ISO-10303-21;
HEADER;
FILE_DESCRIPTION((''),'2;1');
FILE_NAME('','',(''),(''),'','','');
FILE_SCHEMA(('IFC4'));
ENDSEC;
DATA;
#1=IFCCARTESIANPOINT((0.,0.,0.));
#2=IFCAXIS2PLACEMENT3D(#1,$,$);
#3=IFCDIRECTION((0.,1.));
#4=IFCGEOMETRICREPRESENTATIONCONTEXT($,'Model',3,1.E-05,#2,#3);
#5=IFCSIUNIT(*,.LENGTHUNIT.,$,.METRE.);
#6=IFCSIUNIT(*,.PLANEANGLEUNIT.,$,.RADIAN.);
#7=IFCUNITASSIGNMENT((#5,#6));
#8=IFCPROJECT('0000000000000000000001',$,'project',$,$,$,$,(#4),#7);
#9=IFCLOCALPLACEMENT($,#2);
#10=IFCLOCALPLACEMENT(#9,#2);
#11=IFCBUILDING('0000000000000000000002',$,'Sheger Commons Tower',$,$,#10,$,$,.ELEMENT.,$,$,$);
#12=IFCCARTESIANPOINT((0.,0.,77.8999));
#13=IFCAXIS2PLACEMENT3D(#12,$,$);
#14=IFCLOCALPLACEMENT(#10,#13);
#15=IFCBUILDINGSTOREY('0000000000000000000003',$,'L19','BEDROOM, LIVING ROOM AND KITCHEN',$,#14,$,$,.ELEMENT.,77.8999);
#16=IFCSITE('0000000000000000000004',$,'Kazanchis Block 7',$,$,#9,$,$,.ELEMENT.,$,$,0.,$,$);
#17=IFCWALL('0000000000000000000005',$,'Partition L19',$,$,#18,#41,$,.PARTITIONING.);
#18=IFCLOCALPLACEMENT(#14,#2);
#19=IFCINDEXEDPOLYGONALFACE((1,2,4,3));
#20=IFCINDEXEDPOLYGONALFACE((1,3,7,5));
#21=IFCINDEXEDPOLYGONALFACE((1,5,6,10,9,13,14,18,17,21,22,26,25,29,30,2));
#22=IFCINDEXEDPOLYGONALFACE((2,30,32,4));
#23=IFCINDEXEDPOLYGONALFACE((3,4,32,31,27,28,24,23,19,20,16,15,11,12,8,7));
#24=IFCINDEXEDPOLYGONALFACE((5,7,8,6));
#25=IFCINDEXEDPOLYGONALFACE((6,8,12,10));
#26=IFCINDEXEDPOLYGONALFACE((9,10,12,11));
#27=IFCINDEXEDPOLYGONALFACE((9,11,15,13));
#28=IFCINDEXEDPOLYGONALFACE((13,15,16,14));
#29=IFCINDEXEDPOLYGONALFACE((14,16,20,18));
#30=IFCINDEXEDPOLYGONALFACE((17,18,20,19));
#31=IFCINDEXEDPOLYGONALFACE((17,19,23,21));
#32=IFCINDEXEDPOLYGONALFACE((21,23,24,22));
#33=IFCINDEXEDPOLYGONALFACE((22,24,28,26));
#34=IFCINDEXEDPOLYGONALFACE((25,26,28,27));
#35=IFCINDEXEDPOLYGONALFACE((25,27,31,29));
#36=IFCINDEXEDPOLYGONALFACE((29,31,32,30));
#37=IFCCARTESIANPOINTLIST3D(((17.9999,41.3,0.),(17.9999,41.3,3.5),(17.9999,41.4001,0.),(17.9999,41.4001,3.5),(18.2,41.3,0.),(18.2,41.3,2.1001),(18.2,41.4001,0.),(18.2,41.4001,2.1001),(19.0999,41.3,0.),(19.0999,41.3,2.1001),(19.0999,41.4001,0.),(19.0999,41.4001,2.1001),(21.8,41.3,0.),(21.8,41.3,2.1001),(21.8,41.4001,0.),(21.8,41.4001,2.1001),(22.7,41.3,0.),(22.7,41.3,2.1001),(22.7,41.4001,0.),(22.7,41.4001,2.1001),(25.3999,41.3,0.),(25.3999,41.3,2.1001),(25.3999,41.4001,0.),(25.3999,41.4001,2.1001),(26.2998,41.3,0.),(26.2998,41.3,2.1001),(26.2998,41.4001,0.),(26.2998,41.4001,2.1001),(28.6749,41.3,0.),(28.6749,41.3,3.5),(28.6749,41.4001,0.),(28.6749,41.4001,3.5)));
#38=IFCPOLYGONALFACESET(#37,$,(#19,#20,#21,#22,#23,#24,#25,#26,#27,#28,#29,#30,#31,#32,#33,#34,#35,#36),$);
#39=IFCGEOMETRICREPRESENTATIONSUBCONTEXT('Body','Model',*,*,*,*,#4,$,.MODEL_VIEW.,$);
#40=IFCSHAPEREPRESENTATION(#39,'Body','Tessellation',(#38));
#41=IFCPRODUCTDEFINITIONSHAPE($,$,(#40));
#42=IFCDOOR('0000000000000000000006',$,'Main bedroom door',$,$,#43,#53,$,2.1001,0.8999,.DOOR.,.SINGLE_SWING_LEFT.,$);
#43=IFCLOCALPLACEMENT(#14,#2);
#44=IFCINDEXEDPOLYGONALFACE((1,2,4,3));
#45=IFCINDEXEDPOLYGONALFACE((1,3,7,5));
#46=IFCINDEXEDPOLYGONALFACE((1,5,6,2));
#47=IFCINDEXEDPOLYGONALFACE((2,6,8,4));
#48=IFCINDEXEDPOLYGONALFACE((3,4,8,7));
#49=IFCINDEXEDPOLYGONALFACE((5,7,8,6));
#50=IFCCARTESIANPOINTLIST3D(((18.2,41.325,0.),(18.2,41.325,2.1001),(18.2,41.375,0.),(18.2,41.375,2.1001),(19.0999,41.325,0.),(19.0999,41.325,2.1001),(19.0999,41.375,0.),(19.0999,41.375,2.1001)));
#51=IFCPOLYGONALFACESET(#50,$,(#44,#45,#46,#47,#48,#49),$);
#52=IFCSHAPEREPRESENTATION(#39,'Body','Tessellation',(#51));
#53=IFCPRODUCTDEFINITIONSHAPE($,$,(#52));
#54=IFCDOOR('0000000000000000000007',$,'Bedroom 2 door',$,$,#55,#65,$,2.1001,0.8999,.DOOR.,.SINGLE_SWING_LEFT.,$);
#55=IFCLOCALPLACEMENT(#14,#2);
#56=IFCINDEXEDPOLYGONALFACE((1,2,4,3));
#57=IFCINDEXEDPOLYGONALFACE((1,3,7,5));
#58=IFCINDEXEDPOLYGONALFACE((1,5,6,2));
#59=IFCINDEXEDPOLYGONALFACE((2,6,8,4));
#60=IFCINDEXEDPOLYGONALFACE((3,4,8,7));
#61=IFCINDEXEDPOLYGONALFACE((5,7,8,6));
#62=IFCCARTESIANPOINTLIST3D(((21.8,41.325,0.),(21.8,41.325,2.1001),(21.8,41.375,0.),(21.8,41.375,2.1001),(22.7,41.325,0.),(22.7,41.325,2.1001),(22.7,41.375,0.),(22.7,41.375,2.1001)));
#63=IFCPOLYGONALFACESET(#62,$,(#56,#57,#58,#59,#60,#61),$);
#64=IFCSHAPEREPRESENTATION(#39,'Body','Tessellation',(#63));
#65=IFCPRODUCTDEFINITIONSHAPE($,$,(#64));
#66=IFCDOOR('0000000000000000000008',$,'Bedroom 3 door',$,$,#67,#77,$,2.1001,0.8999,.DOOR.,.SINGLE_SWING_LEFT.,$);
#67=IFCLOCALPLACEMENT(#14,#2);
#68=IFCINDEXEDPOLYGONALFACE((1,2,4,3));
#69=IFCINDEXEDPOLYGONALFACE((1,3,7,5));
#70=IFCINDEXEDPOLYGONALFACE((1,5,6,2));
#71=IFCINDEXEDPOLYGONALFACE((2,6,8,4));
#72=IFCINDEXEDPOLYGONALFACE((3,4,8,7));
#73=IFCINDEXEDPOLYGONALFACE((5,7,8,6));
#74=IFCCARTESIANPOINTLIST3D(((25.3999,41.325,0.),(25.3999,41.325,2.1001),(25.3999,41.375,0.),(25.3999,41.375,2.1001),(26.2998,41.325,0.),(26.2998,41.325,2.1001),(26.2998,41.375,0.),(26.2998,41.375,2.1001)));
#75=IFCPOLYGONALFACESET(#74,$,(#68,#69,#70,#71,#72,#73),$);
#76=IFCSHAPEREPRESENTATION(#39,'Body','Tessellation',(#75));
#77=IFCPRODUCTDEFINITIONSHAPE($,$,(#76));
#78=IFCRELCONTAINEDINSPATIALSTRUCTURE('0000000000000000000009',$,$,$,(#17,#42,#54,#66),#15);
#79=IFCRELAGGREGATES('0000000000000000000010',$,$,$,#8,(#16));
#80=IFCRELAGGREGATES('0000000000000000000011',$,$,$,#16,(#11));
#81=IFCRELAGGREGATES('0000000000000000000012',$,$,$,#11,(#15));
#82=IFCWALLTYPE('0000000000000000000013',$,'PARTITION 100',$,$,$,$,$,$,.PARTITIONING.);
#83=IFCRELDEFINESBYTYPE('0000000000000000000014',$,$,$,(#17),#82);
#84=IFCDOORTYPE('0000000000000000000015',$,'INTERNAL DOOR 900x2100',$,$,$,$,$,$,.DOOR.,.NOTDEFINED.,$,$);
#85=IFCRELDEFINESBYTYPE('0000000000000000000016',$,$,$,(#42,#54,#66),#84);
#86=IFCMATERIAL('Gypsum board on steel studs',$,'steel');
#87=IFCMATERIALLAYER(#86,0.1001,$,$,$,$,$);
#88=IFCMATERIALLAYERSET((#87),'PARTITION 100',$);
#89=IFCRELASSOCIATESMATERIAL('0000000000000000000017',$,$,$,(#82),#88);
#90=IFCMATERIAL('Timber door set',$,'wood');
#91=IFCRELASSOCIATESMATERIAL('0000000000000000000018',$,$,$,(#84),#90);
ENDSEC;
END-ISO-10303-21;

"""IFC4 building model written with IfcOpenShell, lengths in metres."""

from ifc_helpers import new_model, si_unit, direction, frame, frame_2d, origin, place, context, subcontext, project, spatial, rectangle, extrude, material, layer, layer_set, type_object, element, fill, save


model = new_model("IFC4")

# Units and contexts
model_context = context("Model", 3, precision=1e-05, world=origin(), true_north=direction((0.0, 1.0)))
body_context = subcontext(model_context, "Body", "Model", "MODEL_VIEW")
ifc_project = project(units=[si_unit("LENGTHUNIT", "METRE"), si_unit("PLANEANGLEUNIT", "RADIAN")], contexts=[model_context])

# Site, building, storey
site_placement = place(None, origin())
site = spatial("IfcSite", under=ifc_project, at=site_placement, Name="Kazanchis Block 7", CompositionType="ELEMENT", RefElevation=0.0)
building_placement = place(site_placement, origin())
building = spatial("IfcBuilding", under=site, at=building_placement, Name="Sheger Commons Tower", CompositionType="ELEMENT")
storey_placement = place(building_placement, frame((0.0, 0.0, 77.8999)))
storey = spatial("IfcBuildingStorey", under=building, at=storey_placement, Name="L19", Description="BEDROOM, LIVING ROOM AND KITCHEN", CompositionType="ELEMENT", Elevation=77.8999)

# Wall, openings, doors
ifc_material_1 = material(Name="Gypsum board on steel studs", Category="steel")
ifc_layer_1 = layer(ifc_material_1, 0.1001)
ifc_layer_set_1 = layer_set([ifc_layer_1], Name="PARTITION 100")
wall_type_1 = type_object("IfcWallType", Name="PARTITION 100", PredefinedType="PARTITIONING", material=ifc_layer_set_1)
wall_1_placement = place(storey_placement, frame((18.0, 41.3501, 0.0), z_axis=(0.0, 0.0, 1.0), x_axis=(1.0, 0.0, 0.0)))
wall_1 = element("IfcWall", 1, at=wall_1_placement, inside=storey, type_object=wall_type_1, Name="Partition L19", PredefinedType="PARTITIONING", context=body_context, shape_type="SweptSolid", body=[
    extrude(rectangle(XDim=10.675, YDim=0.1001, at=frame_2d((5.3374, 0.0))), origin(), (0.0, 0.0, 1.0), 3.5),
])
opening_1_placement = place(wall_1_placement, frame((0.2, 0.0, 0.0)))
opening_1 = element("IfcOpeningElement", 2, at=opening_1_placement, cuts=wall_1, PredefinedType="OPENING", context=body_context, shape_type="SweptSolid", body=[
    extrude(rectangle(XDim=0.8999, YDim=2.1001, at=frame_2d((0.45, 1.05))), frame((0.0, 0.0601, 0.0), z_axis=(0.0, -1.0, 0.0), x_axis=(1.0, 0.0, 0.0)), (0.0, 0.0, 1.0), 0.1201),
])
opening_2_placement = place(wall_1_placement, frame((3.8, 0.0, 0.0)))
opening_2 = element("IfcOpeningElement", 3, at=opening_2_placement, cuts=wall_1, PredefinedType="OPENING", context=body_context, shape_type="SweptSolid", body=[
    extrude(rectangle(XDim=0.8999, YDim=2.1001, at=frame_2d((0.45, 1.05))), frame((0.0, 0.0601, 0.0), z_axis=(0.0, -1.0, 0.0), x_axis=(1.0, 0.0, 0.0)), (0.0, 0.0, 1.0), 0.1201),
])
opening_3_placement = place(wall_1_placement, frame((7.3999, 0.0, 0.0)))
opening_3 = element("IfcOpeningElement", 4, at=opening_3_placement, cuts=wall_1, PredefinedType="OPENING", context=body_context, shape_type="SweptSolid", body=[
    extrude(rectangle(XDim=0.8999, YDim=2.1001, at=frame_2d((0.45, 1.05))), frame((0.0, 0.0601, 0.0), z_axis=(0.0, -1.0, 0.0), x_axis=(1.0, 0.0, 0.0)), (0.0, 0.0, 1.0), 0.1201),
])
ifc_material_2 = material(Name="Timber door set", Category="wood")
door_type_1 = type_object("IfcDoorType", Name="INTERNAL DOOR 900x2100", OperationType="NOTDEFINED", PredefinedType="DOOR", material=ifc_material_2)
door_1_placement = place(opening_1_placement, origin())
door_1 = element("IfcDoor", 5, at=door_1_placement, inside=storey, type_object=door_type_1, Name="Main bedroom door", OperationType="SINGLE_SWING_LEFT", OverallHeight=2.1001, OverallWidth=0.8999, PredefinedType="DOOR", context=body_context, shape_type="SweptSolid", body=[
    extrude(rectangle(XDim=0.8999, YDim=2.1001, at=frame_2d((0.45, 1.05))), frame((0.0, 0.0249, 0.0), z_axis=(0.0, -1.0, 0.0), x_axis=(1.0, 0.0, 0.0)), (0.0, 0.0, 1.0), 0.05),
])
fill(opening_1, door_1)
door_2_placement = place(opening_2_placement, origin())
door_2 = element("IfcDoor", 6, at=door_2_placement, inside=storey, type_object=door_type_1, Name="Bedroom 2 door", OperationType="SINGLE_SWING_LEFT", OverallHeight=2.1001, OverallWidth=0.8999, PredefinedType="DOOR", context=body_context, shape_type="SweptSolid", body=[
    extrude(rectangle(XDim=0.8999, YDim=2.1001, at=frame_2d((0.45, 1.05))), frame((0.0, 0.0249, 0.0), z_axis=(0.0, -1.0, 0.0), x_axis=(1.0, 0.0, 0.0)), (0.0, 0.0, 1.0), 0.05),
])
fill(opening_2, door_2)
door_3_placement = place(opening_3_placement, origin())
door_3 = element("IfcDoor", 7, at=door_3_placement, inside=storey, type_object=door_type_1, Name="Bedroom 3 door", OperationType="SINGLE_SWING_LEFT", OverallHeight=2.1001, OverallWidth=0.8999, PredefinedType="DOOR", context=body_context, shape_type="SweptSolid", body=[
    extrude(rectangle(XDim=0.8999, YDim=2.1001, at=frame_2d((0.45, 1.05))), frame((0.0, 0.0249, 0.0), z_axis=(0.0, -1.0, 0.0), x_axis=(1.0, 0.0, 0.0)), (0.0, 0.0, 1.0), 0.05),
])
fill(opening_3, door_3)

save(model, "model.ifc")
